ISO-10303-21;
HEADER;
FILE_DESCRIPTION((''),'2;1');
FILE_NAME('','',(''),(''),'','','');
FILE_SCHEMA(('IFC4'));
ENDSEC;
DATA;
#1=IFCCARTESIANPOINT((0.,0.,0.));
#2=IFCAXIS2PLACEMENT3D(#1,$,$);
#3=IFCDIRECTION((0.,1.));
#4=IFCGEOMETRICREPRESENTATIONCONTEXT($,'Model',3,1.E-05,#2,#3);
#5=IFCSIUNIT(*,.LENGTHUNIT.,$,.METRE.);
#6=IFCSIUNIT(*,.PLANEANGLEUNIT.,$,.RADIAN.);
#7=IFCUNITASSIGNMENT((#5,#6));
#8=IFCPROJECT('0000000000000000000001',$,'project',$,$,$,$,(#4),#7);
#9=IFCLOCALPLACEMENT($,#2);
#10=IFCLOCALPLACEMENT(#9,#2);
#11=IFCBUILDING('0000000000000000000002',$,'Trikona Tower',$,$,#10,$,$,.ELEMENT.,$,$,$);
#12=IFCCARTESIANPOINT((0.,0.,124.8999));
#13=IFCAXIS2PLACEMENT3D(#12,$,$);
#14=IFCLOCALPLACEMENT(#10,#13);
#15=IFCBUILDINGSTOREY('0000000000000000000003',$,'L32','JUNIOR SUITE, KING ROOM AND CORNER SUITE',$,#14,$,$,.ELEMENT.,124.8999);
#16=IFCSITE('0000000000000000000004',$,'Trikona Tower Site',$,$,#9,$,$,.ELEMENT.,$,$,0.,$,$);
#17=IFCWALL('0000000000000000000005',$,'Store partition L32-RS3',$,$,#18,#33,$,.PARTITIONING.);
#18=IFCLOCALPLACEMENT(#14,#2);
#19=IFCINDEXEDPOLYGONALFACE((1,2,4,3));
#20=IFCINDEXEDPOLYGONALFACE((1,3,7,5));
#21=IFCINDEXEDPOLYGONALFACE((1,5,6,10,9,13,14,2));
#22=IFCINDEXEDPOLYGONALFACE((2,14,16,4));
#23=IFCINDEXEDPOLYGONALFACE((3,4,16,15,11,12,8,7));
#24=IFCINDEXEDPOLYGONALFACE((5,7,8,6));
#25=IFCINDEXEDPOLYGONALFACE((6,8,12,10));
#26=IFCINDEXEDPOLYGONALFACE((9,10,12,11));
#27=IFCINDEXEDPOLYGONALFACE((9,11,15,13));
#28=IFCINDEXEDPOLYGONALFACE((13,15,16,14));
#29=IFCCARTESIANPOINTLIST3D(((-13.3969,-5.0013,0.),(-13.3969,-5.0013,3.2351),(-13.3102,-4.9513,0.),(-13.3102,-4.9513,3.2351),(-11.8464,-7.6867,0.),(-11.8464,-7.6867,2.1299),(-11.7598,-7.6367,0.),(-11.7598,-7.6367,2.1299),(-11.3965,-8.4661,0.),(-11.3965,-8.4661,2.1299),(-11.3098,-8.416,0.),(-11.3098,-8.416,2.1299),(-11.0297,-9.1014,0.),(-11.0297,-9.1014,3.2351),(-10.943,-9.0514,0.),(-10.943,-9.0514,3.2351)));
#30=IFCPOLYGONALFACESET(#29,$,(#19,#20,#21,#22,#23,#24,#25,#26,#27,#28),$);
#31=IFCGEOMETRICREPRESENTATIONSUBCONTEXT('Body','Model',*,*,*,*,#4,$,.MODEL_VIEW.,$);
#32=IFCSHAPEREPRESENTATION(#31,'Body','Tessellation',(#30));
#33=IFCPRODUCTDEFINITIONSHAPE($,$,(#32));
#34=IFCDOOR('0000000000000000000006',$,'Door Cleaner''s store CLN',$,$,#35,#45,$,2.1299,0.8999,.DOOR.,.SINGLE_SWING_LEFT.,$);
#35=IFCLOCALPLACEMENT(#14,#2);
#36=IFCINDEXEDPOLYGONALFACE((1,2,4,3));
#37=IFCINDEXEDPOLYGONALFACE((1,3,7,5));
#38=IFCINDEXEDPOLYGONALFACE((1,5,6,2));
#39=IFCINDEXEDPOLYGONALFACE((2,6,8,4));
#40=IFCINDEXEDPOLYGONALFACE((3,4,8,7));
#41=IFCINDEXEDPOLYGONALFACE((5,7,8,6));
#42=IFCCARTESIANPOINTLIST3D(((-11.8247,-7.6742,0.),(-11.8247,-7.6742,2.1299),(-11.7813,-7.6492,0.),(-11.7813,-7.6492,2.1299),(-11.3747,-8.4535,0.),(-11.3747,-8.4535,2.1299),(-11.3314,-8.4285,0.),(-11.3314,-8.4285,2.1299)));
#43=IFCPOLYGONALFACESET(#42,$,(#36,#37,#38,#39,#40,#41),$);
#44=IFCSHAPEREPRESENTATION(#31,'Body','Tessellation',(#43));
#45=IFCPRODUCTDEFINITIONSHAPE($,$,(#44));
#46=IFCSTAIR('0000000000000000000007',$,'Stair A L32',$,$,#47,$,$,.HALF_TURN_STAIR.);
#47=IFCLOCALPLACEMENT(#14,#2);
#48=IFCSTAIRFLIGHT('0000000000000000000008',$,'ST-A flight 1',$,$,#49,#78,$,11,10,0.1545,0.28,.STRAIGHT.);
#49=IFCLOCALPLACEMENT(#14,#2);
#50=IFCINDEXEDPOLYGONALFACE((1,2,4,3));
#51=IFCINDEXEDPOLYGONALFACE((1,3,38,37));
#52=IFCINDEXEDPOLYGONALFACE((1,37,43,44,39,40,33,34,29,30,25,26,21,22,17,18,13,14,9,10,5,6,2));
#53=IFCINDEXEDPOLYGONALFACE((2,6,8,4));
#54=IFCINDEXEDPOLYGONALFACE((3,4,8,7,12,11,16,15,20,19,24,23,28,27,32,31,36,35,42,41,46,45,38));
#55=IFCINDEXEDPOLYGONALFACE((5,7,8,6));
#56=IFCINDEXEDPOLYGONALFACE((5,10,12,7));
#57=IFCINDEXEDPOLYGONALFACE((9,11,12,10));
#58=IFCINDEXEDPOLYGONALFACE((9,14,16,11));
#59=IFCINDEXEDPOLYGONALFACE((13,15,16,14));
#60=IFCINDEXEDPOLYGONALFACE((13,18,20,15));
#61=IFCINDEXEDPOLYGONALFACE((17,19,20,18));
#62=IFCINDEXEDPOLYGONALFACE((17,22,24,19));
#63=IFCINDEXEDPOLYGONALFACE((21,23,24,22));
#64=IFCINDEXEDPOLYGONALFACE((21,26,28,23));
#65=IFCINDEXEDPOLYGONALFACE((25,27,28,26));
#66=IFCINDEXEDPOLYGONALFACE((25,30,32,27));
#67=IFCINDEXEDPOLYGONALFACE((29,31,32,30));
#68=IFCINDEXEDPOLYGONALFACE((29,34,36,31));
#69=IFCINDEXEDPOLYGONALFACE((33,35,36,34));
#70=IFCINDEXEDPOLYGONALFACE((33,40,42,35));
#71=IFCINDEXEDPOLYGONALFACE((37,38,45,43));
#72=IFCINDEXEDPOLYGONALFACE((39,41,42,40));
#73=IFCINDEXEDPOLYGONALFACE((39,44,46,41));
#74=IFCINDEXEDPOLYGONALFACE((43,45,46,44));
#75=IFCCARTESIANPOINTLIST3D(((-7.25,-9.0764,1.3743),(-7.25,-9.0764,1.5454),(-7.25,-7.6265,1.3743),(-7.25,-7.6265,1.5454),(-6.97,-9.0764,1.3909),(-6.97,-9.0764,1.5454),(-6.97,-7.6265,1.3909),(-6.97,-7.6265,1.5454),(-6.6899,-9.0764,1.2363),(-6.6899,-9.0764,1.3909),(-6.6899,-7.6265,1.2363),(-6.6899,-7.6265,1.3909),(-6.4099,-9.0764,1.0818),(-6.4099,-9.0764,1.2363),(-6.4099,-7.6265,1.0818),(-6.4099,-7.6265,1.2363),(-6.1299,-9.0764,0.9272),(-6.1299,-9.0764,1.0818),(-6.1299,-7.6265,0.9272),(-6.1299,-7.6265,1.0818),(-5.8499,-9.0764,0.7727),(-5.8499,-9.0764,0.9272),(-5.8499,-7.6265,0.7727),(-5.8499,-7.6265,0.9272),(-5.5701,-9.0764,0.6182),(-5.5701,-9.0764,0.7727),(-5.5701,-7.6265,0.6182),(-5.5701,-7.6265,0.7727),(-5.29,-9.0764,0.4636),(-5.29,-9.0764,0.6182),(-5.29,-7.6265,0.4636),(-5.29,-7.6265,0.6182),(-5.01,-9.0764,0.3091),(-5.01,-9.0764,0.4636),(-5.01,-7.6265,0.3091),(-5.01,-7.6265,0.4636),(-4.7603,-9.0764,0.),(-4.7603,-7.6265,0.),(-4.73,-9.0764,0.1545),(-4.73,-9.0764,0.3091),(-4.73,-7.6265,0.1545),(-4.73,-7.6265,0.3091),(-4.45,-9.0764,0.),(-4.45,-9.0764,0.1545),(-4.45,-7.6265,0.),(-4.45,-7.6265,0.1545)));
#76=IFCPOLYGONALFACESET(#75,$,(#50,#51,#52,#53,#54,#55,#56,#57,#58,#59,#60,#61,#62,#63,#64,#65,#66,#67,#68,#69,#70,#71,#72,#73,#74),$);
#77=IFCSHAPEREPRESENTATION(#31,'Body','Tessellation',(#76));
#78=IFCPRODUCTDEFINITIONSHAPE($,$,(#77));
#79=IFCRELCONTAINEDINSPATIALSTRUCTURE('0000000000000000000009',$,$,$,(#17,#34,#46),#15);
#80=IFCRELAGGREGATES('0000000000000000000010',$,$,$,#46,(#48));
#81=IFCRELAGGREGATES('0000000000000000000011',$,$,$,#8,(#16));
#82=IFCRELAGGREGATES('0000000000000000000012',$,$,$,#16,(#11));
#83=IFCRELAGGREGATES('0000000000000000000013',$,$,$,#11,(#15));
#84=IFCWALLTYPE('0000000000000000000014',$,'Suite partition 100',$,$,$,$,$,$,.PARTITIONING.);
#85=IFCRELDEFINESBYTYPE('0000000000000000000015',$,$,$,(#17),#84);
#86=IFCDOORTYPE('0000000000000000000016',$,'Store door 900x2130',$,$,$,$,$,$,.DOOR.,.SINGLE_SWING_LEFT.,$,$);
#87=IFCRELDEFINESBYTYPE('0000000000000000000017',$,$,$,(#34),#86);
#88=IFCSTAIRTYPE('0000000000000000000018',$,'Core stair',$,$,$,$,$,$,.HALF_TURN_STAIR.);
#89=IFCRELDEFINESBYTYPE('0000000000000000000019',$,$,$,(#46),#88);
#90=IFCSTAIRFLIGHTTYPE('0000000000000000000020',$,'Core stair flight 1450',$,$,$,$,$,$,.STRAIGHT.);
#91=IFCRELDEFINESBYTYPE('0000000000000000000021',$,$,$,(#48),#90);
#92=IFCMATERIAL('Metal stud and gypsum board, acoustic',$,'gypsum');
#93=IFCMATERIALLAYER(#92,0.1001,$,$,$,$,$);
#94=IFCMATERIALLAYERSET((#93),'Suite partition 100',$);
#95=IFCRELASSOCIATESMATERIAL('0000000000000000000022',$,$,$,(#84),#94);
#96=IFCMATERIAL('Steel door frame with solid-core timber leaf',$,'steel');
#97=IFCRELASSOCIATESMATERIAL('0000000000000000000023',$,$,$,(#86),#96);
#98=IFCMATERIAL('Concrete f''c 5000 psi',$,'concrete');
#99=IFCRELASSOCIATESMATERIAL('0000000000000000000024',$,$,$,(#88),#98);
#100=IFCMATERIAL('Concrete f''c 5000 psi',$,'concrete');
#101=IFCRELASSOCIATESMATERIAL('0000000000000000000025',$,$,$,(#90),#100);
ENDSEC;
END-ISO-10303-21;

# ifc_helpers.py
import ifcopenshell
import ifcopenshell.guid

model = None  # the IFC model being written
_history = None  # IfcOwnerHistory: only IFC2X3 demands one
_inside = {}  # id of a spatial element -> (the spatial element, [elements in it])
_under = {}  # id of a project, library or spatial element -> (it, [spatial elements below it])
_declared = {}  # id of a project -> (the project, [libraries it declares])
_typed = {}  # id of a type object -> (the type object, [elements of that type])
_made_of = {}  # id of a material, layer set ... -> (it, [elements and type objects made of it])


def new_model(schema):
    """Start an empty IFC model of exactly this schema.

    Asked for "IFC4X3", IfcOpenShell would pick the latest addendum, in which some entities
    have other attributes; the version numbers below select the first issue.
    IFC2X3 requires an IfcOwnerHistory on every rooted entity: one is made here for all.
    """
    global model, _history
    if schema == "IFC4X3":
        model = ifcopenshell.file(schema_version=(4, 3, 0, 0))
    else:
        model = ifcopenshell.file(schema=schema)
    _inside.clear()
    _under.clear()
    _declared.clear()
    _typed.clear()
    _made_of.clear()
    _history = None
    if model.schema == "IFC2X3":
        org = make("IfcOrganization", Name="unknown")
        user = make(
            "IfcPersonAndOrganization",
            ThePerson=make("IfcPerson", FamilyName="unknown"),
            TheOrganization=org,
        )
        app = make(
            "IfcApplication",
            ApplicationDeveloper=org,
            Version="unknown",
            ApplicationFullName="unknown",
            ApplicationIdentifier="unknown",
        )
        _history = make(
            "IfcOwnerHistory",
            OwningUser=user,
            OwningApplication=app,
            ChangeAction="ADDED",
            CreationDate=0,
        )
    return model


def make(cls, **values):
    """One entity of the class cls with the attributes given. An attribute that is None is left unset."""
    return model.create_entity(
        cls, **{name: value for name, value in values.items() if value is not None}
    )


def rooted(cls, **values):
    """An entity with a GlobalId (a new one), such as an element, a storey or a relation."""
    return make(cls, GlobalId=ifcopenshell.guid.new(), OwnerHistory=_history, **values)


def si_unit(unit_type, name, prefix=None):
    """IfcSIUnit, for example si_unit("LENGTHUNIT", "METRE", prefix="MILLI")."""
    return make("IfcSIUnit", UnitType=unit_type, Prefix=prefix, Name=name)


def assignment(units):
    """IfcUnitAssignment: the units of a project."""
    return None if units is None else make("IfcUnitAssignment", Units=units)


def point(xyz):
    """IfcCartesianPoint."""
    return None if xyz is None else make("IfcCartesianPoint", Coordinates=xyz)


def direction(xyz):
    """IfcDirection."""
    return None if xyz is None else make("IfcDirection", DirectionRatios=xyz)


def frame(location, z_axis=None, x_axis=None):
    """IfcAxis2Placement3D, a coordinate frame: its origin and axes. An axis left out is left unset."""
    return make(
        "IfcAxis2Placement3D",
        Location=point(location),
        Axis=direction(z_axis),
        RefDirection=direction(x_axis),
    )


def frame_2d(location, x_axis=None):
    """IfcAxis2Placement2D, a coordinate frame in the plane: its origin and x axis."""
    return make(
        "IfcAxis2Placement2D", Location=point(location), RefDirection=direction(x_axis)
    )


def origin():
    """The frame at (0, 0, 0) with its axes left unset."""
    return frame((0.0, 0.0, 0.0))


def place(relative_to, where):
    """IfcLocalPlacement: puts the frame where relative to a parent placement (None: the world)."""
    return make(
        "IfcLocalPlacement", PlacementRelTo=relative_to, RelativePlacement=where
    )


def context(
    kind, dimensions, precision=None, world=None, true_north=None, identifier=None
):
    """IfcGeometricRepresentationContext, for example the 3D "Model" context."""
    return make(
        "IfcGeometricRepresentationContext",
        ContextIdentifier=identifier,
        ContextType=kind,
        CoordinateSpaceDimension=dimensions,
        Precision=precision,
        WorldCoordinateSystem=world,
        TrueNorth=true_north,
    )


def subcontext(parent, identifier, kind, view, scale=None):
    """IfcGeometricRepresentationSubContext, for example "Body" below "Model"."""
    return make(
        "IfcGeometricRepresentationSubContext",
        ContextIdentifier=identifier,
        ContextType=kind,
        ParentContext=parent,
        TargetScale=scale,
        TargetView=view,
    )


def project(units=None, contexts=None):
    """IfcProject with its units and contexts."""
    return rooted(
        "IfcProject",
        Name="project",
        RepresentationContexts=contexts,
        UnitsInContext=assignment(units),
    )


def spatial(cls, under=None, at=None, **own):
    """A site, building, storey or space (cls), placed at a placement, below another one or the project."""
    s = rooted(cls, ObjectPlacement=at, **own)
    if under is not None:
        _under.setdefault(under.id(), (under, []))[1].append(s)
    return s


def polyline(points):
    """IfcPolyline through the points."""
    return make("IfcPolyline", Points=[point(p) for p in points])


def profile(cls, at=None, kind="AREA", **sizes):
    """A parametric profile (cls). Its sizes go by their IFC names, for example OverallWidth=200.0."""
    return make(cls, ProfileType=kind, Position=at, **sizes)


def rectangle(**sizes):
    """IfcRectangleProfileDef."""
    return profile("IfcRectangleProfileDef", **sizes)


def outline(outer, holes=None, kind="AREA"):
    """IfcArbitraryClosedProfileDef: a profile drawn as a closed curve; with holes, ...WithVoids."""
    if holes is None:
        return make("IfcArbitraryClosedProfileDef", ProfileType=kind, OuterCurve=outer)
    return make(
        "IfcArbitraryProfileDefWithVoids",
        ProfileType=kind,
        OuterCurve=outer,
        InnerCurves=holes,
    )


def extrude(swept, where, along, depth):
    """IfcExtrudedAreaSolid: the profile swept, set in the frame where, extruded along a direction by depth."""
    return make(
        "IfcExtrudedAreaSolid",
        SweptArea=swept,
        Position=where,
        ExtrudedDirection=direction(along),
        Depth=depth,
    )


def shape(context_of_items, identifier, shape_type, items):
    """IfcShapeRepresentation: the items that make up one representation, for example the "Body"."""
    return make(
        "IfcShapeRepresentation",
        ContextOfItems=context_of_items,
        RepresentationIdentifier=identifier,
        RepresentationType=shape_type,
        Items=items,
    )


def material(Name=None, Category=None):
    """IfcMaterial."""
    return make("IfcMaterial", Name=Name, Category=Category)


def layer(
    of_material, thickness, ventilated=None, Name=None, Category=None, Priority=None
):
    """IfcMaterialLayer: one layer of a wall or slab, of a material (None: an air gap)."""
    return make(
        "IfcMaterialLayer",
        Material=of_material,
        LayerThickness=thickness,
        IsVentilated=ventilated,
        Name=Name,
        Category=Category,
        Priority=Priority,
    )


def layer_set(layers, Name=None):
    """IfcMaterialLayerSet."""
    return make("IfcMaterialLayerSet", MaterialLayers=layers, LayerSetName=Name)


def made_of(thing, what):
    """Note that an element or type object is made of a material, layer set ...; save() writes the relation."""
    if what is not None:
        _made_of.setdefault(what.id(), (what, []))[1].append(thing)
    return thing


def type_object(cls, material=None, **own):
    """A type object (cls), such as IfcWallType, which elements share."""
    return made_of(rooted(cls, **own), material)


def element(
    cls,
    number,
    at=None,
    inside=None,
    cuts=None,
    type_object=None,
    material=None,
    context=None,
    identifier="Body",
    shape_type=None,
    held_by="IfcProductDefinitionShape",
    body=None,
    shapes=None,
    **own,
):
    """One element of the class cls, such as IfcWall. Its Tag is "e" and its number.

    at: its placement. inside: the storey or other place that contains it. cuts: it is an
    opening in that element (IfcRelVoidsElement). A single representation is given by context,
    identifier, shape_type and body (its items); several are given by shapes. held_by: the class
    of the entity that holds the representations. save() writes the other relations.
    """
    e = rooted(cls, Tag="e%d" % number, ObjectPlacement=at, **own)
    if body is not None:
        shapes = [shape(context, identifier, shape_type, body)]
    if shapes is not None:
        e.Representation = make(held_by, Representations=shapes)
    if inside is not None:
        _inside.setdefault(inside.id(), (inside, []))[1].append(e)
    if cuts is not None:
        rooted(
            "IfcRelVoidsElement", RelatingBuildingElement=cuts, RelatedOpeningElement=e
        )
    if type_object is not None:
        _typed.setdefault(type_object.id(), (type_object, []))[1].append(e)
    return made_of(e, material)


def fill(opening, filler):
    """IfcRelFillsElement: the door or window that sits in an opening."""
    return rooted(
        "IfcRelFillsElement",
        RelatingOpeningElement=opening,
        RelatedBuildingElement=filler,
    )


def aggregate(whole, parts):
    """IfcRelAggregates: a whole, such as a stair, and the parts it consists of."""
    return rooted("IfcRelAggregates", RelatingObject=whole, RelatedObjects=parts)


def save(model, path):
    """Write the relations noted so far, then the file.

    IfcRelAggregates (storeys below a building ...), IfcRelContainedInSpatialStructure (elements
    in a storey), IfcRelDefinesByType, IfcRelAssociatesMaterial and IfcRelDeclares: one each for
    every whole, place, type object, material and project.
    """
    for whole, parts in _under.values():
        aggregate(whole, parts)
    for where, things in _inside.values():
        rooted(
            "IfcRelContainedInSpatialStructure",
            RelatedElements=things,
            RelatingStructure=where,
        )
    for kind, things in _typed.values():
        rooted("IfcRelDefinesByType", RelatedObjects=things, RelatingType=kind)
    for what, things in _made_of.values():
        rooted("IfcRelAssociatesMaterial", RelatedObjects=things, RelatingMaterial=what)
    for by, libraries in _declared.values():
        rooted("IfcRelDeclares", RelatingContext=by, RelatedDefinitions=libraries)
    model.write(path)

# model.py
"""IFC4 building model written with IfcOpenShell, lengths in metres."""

from ifc_helpers import new_model, si_unit, direction, frame, frame_2d, origin, place, context, subcontext, project, spatial, polyline, rectangle, outline, extrude, material, layer, layer_set, type_object, element, fill, aggregate, save


model = new_model("IFC4")

# Units and contexts
model_context = context("Model", 3, precision=1e-05, world=origin(), true_north=direction((0.0, 1.0)))
body_context = subcontext(model_context, "Body", "Model", "MODEL_VIEW")
ifc_project = project(units=[si_unit("LENGTHUNIT", "METRE"), si_unit("PLANEANGLEUNIT", "RADIAN")], contexts=[model_context])

# Site, building, storey
site_placement = place(None, origin())
site = spatial("IfcSite", under=ifc_project, at=site_placement, Name="Trikona Tower Site", CompositionType="ELEMENT", RefElevation=0.0)
building_placement = place(site_placement, origin())
building = spatial("IfcBuilding", under=site, at=building_placement, Name="Trikona Tower", CompositionType="ELEMENT")
storey_placement = place(building_placement, frame((0.0, 0.0, 124.8999)))
storey = spatial("IfcBuildingStorey", under=building, at=storey_placement, Name="L32", Description="JUNIOR SUITE, KING ROOM AND CORNER SUITE", CompositionType="ELEMENT", Elevation=124.8999)

# Wall, opening, door
ifc_material_1 = material(Name="Metal stud and gypsum board, acoustic", Category="gypsum")
ifc_layer_1 = layer(ifc_material_1, 0.1001)
ifc_layer_set_1 = layer_set([ifc_layer_1], Name="Suite partition 100")
wall_type_1 = type_object("IfcWallType", Name="Suite partition 100", PredefinedType="PARTITIONING", material=ifc_layer_set_1)
wall_1_placement = place(storey_placement, frame((-10.9863, -9.0764, 0.0), z_axis=(0.0, 0.0, 1.0), x_axis=(-0.499999, 0.866026, 0.0)))
wall_1 = element("IfcWall", 1, at=wall_1_placement, inside=storey, type_object=wall_type_1, Name="Store partition L32-RS3", PredefinedType="PARTITIONING", context=body_context, shape_type="SweptSolid", body=[
    extrude(rectangle(XDim=4.7344, YDim=0.1001, at=frame_2d((2.3672, 0.0))), origin(), (0.0, 0.0, 1.0), 3.2351),
])
opening_1_placement = place(wall_1_placement, frame((0.7336, 0.0, 0.0)))
opening_1 = element("IfcOpeningElement", 2, at=opening_1_placement, cuts=wall_1, PredefinedType="OPENING", context=body_context, shape_type="SweptSolid", body=[
    extrude(rectangle(XDim=0.8999, YDim=2.1299, at=frame_2d((0.45, 1.0649))), frame((0.0, 0.0601, 0.0), z_axis=(0.0, -1.0, 0.0), x_axis=(1.0, 0.0, 0.0)), (0.0, 0.0, 1.0), 0.1201),
])
ifc_material_2 = material(Name="Steel door frame with solid-core timber leaf", Category="steel")
door_type_1 = type_object("IfcDoorType", Name="Store door 900x2130", OperationType="SINGLE_SWING_LEFT", PredefinedType="DOOR", material=ifc_material_2)
door_1_placement = place(opening_1_placement, origin())
door_1 = element("IfcDoor", 3, at=door_1_placement, inside=storey, type_object=door_type_1, Name="Door Cleaner's store CLN", OperationType="SINGLE_SWING_LEFT", OverallHeight=2.1299, OverallWidth=0.8999, PredefinedType="DOOR", context=body_context, shape_type="SweptSolid", body=[
    extrude(rectangle(XDim=0.8999, YDim=2.1299, at=frame_2d((0.45, 1.0649))), frame((0.0, 0.0249, 0.0), z_axis=(0.0, -1.0, 0.0), x_axis=(1.0, 0.0, 0.0)), (0.0, 0.0, 1.0), 0.05),
])
fill(opening_1, door_1)

# Stair, stair flight
ifc_material_3 = material(Name="Concrete f'c 5000 psi", Category="concrete")
stair_type = type_object("IfcStairType", Name="Core stair", PredefinedType="HALF_TURN_STAIR", material=ifc_material_3)
stair_placement = place(storey_placement, origin())
stair = element("IfcStair", 4, at=stair_placement, inside=storey, type_object=stair_type, Name="Stair A L32", PredefinedType="HALF_TURN_STAIR")
ifc_material_4 = material(Name="Concrete f'c 5000 psi", Category="concrete")
stair_flight_type = type_object("IfcStairFlightType", Name="Core stair flight 1450", PredefinedType="STRAIGHT", material=ifc_material_4)
stair_flight_placement = place(storey_placement, frame((-4.45, -8.3513, 0.0), z_axis=(0.0, 0.0, 1.0), x_axis=(-1.0, 0.0, 0.0)))
stair_flight = element("IfcStairFlight", 5, at=stair_flight_placement, type_object=stair_flight_type, Name="ST-A flight 1", NumberOfRisers=11, NumberOfTreads=10, PredefinedType="STRAIGHT", RiserHeight=0.1545, TreadLength=0.28, context=body_context, shape_type="SweptSolid", body=[
    extrude(outline(polyline([(0.0, 0.0), (0.0, 0.1545), (0.28, 0.1545), (0.28, 0.3091), (0.5601, 0.3091), (0.5601, 0.4636), (0.8401, 0.4636), (0.8401, 0.6182), (1.1201, 0.6182), (1.1201, 0.7727), (1.3999, 0.7727), (1.3999, 0.9272), (1.6799, 0.9272), (1.6799, 1.0818), (1.96, 1.0818), (1.96, 1.2363), (2.24, 1.2363), (2.24, 1.3909), (2.52, 1.3909), (2.52, 1.5454), (2.8, 1.5454), (2.8, 1.7), (2.8, 1.3743), (0.3103, 0.0), (0.0, 0.0)])), frame((0.0, 0.7251, 0.0), z_axis=(0.0, -1.0, 0.0), x_axis=(1.0, 0.0, 0.0)), (0.0, 0.0, 1.0), 1.45),
])
aggregate(stair, [stair_flight])

save(model, "model.ifc")
